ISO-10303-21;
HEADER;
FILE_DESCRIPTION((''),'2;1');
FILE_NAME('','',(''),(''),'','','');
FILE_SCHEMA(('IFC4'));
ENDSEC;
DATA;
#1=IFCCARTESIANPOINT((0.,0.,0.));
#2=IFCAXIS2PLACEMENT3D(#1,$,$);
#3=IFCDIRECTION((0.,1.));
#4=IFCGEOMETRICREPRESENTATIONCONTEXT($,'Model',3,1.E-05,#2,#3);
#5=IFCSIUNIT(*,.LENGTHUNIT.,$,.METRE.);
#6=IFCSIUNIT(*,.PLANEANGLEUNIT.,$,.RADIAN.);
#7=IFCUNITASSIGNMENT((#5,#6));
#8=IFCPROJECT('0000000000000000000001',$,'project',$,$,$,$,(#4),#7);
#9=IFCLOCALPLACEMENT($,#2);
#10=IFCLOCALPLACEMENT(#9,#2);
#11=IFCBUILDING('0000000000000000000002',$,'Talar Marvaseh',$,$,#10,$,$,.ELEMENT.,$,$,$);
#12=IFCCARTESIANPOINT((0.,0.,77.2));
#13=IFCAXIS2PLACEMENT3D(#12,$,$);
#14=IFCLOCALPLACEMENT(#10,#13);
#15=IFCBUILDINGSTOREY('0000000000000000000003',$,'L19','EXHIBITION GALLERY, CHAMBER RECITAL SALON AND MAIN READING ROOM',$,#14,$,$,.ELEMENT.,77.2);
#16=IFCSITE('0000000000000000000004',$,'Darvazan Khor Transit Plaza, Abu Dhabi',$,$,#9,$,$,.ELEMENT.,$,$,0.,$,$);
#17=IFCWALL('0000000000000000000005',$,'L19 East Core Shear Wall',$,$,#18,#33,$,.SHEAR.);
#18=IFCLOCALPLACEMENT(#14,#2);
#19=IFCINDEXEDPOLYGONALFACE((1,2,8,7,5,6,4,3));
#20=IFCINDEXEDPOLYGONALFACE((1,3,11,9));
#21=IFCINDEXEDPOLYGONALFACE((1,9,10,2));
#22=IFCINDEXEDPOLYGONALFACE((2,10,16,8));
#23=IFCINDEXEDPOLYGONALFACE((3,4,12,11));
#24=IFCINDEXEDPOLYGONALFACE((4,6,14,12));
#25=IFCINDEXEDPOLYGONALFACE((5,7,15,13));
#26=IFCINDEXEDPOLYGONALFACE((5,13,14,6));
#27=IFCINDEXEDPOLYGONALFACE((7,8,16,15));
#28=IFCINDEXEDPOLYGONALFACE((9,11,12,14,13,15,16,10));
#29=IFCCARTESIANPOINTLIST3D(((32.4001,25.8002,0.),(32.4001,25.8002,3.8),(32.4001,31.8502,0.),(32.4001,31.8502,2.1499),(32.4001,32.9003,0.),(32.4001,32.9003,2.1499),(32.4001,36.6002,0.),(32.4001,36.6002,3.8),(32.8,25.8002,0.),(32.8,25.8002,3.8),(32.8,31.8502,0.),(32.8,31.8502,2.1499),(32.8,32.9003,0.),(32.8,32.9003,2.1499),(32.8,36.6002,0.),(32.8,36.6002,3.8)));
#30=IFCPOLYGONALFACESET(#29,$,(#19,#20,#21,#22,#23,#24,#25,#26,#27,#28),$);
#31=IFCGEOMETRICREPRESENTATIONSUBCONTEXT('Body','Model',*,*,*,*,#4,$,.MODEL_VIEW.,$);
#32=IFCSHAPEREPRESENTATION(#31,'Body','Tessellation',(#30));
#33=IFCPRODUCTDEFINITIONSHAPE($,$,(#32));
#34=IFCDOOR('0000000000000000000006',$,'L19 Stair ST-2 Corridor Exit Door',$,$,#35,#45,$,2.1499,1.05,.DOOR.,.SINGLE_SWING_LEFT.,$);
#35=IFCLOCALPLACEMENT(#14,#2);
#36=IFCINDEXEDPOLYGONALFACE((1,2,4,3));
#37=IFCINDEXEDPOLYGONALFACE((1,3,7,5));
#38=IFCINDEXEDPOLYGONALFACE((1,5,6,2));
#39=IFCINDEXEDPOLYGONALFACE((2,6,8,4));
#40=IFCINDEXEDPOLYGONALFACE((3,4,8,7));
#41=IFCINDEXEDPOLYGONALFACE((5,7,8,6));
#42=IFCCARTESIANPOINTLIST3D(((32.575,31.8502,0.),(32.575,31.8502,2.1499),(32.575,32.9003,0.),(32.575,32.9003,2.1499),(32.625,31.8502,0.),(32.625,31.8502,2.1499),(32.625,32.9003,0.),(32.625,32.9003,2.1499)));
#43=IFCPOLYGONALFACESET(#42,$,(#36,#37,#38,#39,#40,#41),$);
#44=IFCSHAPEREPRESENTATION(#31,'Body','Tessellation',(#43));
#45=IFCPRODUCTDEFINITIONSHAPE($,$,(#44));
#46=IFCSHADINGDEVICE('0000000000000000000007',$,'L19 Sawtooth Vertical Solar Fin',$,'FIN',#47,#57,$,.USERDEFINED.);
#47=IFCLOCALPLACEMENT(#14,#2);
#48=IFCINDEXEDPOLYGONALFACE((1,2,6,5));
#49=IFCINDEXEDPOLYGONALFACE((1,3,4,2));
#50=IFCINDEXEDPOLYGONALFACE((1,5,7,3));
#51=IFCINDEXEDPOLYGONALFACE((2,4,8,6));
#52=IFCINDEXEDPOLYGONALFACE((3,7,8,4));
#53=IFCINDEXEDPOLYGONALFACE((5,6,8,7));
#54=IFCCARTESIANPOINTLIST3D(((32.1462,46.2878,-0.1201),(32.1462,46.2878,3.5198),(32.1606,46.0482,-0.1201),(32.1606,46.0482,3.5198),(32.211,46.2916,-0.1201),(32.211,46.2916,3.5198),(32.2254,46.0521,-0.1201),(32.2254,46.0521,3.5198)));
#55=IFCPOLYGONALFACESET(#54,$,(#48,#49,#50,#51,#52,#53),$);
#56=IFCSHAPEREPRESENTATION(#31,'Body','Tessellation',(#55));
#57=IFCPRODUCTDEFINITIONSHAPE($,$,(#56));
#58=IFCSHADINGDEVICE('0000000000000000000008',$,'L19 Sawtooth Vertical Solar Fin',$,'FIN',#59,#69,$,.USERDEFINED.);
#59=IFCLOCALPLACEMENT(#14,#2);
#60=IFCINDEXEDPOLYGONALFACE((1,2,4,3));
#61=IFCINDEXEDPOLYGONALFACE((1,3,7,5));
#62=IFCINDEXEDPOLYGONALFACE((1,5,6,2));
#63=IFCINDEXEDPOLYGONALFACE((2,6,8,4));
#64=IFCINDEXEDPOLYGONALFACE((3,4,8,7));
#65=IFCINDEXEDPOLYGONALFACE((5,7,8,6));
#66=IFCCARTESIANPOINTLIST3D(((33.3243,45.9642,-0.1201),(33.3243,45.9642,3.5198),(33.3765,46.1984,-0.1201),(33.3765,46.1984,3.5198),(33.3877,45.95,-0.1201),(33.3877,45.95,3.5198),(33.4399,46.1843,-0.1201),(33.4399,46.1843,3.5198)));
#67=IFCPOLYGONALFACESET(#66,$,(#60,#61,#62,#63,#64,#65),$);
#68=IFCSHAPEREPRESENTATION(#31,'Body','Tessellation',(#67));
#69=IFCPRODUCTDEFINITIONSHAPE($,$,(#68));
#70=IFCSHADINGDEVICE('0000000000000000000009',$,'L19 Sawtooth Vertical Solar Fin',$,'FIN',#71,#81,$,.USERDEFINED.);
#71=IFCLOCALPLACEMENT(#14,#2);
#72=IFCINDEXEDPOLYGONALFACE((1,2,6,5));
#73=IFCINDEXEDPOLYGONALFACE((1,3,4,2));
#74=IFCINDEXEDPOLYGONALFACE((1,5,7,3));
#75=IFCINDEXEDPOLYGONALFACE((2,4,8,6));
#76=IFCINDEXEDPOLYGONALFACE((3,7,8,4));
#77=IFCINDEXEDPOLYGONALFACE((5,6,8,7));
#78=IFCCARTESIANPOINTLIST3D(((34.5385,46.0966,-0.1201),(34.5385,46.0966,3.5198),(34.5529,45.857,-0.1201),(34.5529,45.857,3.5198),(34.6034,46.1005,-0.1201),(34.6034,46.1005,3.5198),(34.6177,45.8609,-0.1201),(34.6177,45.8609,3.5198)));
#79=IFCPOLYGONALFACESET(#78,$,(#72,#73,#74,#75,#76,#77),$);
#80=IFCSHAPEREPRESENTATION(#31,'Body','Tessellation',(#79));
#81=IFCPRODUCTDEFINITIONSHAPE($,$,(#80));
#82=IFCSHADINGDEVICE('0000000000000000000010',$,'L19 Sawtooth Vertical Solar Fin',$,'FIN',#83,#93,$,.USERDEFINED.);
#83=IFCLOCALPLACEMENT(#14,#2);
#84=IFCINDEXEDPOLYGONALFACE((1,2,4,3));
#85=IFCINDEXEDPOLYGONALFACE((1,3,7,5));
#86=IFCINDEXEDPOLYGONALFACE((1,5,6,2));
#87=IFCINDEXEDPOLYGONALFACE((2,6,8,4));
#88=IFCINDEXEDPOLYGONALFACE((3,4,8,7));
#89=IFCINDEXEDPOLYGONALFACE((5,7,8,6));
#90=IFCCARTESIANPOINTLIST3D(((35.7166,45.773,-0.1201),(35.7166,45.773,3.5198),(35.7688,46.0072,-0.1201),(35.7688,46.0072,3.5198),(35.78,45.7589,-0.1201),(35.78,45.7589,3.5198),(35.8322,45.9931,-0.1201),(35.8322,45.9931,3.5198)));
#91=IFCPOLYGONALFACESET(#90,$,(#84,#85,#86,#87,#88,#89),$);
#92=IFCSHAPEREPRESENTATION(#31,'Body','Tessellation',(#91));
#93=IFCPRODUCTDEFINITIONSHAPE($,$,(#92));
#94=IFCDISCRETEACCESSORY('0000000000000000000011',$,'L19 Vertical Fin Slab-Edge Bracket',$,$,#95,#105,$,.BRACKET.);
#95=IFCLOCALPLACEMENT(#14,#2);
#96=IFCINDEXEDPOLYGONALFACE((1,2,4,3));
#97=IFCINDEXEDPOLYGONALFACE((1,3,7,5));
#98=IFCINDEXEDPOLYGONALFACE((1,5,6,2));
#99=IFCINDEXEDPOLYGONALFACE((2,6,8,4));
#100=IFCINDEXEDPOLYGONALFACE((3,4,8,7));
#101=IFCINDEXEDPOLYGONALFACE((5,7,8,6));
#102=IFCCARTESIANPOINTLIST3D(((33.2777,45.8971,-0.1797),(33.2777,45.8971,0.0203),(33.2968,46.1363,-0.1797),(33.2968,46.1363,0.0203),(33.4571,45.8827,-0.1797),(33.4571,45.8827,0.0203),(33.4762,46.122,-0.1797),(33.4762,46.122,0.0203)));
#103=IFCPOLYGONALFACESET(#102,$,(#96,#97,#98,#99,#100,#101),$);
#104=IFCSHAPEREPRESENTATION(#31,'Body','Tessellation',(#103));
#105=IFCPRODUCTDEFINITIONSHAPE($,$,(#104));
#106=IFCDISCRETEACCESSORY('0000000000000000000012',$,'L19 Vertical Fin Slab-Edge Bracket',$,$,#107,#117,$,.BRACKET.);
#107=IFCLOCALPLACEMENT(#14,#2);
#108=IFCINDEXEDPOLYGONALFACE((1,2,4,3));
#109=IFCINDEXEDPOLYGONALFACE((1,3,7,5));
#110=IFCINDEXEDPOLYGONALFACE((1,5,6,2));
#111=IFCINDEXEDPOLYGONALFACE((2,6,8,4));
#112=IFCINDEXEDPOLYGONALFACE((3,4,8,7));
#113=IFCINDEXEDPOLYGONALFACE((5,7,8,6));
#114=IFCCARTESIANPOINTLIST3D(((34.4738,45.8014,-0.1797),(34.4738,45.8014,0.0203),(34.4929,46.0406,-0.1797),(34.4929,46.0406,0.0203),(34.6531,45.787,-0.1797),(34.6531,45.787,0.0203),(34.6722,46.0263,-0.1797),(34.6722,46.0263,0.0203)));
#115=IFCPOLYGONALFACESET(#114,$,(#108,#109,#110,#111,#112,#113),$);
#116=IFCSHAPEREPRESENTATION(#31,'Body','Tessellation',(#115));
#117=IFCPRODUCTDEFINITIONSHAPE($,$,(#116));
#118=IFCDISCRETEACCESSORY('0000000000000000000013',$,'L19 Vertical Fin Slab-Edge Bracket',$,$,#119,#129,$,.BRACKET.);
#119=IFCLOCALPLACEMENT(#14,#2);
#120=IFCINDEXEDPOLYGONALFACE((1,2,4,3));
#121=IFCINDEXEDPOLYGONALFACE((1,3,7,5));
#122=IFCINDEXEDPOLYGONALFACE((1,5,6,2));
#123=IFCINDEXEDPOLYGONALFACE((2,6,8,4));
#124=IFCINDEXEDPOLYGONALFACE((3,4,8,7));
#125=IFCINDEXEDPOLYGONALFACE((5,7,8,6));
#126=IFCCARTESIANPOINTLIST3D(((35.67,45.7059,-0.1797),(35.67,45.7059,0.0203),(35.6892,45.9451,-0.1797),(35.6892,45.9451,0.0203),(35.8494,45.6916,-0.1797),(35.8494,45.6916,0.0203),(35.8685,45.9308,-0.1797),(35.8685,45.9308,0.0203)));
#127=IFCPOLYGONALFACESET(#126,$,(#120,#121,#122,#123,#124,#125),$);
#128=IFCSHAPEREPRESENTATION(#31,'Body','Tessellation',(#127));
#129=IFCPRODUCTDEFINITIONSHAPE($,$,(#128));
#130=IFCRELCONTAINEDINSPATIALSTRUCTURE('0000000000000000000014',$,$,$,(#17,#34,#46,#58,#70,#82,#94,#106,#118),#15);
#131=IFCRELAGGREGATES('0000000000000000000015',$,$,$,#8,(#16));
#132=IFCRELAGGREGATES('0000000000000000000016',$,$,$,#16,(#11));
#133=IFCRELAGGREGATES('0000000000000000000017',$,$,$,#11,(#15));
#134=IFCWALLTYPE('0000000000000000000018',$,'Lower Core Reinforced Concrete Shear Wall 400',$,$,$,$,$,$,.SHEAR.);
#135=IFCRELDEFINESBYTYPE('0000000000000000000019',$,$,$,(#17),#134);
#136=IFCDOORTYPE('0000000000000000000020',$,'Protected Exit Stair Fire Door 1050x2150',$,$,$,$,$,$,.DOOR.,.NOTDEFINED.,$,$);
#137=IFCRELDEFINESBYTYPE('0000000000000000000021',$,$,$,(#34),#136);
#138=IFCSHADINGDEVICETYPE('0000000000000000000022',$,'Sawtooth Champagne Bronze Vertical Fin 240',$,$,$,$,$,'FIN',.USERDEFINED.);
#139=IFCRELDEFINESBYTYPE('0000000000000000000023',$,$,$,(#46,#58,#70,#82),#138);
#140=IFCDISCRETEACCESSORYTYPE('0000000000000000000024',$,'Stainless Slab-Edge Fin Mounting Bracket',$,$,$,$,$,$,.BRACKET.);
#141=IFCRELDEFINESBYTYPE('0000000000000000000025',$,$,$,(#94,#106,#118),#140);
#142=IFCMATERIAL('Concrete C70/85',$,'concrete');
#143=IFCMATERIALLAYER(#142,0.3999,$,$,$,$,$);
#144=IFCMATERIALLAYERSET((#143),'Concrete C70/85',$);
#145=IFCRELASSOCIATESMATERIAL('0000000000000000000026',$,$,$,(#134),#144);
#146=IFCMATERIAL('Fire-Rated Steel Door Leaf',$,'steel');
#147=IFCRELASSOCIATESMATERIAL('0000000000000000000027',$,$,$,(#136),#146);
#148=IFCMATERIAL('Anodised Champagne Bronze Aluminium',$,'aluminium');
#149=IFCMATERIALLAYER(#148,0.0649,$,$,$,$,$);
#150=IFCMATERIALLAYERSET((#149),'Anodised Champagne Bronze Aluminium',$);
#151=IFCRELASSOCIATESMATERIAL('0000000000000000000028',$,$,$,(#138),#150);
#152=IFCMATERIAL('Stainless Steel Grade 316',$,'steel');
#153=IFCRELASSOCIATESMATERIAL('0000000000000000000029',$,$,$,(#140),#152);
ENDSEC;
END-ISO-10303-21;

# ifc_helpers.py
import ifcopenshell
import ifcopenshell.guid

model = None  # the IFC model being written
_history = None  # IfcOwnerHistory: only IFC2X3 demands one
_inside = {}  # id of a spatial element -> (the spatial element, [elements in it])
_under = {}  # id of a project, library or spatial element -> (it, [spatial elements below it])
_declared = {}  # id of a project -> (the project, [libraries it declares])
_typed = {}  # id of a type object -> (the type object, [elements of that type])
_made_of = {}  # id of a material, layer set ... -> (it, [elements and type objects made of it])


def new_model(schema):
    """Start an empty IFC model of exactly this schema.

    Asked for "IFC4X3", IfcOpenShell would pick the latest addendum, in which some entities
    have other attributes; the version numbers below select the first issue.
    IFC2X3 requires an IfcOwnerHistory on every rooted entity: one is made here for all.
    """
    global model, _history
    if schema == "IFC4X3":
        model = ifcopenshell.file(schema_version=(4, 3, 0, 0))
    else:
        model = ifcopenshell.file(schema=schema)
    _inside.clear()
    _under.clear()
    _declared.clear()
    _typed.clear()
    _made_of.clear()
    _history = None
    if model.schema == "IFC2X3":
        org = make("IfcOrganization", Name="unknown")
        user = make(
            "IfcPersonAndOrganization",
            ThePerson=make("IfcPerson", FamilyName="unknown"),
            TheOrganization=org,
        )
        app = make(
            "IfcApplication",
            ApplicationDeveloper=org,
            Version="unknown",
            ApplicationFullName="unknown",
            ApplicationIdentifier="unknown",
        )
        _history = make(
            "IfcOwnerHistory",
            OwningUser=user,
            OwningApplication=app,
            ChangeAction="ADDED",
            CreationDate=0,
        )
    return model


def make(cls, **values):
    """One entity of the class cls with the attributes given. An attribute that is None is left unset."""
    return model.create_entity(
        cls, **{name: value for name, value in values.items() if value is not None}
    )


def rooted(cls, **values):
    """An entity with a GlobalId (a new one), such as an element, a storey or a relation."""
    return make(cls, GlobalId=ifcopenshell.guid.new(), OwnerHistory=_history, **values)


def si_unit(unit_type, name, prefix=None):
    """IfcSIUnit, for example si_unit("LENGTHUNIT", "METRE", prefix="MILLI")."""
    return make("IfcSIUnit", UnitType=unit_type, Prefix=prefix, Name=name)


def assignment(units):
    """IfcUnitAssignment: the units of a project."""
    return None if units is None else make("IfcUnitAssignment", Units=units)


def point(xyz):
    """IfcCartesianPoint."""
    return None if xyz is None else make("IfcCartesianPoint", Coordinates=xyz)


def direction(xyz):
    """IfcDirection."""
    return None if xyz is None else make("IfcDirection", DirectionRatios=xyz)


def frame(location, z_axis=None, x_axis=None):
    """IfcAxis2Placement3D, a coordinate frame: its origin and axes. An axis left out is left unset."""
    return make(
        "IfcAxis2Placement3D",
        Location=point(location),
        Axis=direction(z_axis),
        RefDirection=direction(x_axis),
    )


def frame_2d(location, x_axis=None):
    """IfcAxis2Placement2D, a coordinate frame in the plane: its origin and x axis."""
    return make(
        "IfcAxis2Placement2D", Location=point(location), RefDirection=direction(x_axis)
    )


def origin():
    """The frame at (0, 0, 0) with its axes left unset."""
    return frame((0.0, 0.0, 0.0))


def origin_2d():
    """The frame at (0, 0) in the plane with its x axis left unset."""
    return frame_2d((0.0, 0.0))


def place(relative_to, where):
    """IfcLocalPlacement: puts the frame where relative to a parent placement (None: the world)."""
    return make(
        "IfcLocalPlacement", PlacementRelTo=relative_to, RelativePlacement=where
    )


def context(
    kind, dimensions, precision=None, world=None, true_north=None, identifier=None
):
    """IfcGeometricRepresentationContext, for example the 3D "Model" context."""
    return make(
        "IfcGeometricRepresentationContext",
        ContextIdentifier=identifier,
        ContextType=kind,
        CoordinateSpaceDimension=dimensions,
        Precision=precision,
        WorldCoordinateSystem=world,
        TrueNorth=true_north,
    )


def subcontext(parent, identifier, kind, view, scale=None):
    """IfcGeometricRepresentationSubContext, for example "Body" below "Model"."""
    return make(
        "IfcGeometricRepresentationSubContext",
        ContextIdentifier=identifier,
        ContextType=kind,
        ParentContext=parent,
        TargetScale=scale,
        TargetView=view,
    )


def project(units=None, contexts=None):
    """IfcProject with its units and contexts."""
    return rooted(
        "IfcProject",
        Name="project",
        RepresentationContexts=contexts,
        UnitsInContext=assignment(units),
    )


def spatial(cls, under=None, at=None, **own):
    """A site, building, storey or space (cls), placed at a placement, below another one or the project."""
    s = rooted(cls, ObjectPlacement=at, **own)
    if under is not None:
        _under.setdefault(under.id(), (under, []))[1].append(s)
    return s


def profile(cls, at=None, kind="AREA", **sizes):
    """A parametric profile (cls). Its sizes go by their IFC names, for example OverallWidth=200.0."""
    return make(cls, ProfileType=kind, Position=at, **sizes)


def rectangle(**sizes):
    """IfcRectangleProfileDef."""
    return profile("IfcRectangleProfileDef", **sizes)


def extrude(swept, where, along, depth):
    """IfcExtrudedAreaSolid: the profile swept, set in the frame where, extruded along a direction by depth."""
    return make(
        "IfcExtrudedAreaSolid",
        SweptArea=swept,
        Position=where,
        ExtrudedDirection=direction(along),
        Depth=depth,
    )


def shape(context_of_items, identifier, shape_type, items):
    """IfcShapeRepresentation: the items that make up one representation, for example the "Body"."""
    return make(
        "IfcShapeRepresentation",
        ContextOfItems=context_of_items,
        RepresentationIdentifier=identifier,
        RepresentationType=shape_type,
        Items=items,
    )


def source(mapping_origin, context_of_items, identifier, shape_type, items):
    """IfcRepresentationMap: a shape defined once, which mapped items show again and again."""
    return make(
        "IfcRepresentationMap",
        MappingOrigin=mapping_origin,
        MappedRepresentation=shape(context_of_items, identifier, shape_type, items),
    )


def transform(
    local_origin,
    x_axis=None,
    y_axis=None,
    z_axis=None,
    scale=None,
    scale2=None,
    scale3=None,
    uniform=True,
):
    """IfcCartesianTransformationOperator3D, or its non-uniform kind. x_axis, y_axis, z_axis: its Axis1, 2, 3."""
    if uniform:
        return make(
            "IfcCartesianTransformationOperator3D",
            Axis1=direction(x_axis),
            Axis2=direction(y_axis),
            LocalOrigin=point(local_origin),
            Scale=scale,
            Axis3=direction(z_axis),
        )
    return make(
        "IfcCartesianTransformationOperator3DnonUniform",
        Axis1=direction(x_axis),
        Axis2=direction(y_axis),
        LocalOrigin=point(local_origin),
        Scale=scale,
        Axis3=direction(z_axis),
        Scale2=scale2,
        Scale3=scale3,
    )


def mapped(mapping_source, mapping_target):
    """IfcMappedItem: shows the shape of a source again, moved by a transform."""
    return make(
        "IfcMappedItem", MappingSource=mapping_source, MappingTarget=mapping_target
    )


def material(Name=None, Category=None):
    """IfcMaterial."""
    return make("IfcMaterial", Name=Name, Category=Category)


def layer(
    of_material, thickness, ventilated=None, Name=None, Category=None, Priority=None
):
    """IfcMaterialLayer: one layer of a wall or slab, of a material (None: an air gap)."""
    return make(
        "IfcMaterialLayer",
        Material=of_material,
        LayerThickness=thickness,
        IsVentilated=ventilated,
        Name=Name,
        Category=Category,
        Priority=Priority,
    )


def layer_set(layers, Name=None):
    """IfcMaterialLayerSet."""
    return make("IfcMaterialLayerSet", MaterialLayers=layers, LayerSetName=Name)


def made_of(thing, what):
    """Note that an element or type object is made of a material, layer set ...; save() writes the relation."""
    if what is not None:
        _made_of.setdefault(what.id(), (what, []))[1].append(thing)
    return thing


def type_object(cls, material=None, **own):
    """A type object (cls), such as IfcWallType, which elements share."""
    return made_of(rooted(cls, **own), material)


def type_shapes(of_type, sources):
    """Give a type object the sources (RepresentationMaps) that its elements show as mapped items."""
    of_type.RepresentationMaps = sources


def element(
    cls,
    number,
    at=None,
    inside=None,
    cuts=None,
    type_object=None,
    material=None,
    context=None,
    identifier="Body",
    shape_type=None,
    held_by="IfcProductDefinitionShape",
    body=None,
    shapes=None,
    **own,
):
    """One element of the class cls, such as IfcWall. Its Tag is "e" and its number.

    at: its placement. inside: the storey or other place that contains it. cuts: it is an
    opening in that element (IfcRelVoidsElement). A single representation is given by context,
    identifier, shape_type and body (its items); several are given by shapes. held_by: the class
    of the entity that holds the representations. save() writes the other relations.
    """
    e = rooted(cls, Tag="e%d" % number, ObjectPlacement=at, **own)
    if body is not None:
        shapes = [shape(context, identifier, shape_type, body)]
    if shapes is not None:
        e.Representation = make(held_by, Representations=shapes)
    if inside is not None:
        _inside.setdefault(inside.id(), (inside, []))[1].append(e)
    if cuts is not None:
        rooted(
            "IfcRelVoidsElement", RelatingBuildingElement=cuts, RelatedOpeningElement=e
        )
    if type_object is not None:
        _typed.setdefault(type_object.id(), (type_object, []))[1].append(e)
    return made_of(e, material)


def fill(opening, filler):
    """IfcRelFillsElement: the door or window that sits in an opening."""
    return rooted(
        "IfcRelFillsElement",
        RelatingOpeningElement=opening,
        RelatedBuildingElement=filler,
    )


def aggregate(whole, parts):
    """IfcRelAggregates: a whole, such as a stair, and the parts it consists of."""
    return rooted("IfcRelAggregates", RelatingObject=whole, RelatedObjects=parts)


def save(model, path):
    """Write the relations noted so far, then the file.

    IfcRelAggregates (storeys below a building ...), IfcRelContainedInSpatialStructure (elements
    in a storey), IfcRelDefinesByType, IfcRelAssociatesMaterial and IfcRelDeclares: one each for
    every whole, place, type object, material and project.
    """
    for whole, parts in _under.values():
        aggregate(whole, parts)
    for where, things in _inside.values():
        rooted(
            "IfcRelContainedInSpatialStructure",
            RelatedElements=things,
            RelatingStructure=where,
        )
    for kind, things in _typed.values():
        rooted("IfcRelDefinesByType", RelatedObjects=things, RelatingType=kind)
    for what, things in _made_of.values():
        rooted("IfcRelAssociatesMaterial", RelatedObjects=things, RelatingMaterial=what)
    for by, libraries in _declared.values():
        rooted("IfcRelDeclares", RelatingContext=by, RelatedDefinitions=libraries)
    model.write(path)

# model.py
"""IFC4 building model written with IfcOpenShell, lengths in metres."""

from ifc_helpers import new_model, si_unit, direction, frame, frame_2d, origin, origin_2d, place, context, subcontext, project, spatial, rectangle, extrude, source, transform, mapped, material, layer, layer_set, type_object, type_shapes, element, fill, save


model = new_model("IFC4")

# Units and contexts
model_context = context("Model", 3, precision=1e-05, world=origin(), true_north=direction((0.0, 1.0)))
body_context = subcontext(model_context, "Body", "Model", "MODEL_VIEW")
ifc_project = project(units=[si_unit("LENGTHUNIT", "METRE"), si_unit("PLANEANGLEUNIT", "RADIAN")], contexts=[model_context])

# Site, building, storey
site_placement = place(None, origin())
site = spatial("IfcSite", under=ifc_project, at=site_placement, Name="Darvazan Khor Transit Plaza, Abu Dhabi", CompositionType="ELEMENT", RefElevation=0.0)
building_placement = place(site_placement, origin())
building = spatial("IfcBuilding", under=site, at=building_placement, Name="Talar Marvaseh", CompositionType="ELEMENT")
storey_placement = place(building_placement, frame((0.0, 0.0, 77.2)))
storey = spatial("IfcBuildingStorey", under=building, at=storey_placement, Name="L19", Description="EXHIBITION GALLERY, CHAMBER RECITAL SALON AND MAIN READING ROOM", CompositionType="ELEMENT", Elevation=77.2)

# Shared definitions
ifc_material_1 = material(Name="Concrete C70/85", Category="concrete")

# Wall, opening, door
ifc_layer_1 = layer(ifc_material_1, 0.3999)
ifc_layer_set_1 = layer_set([ifc_layer_1], Name="Concrete C70/85")
wall_type_1 = type_object("IfcWallType", Name="Lower Core Reinforced Concrete Shear Wall 400", PredefinedType="SHEAR", material=ifc_layer_set_1)
wall_1_placement = place(storey_placement, frame((32.6001, 36.6001, 0.0), z_axis=(0.0, 0.0, 1.0), x_axis=(0.0, -1.0, 0.0)))
wall_1 = element("IfcWall", 1, at=wall_1_placement, inside=storey, type_object=wall_type_1, Name="L19 East Core Shear Wall", PredefinedType="SHEAR", context=body_context, shape_type="SweptSolid", body=[
    extrude(rectangle(XDim=10.8, YDim=0.3999, at=frame_2d((5.3999, 0.0))), origin(), (0.0, 0.0, 1.0), 3.8),
])
opening_1_placement = place(wall_1_placement, frame((3.7, 0.0, 0.0)))
opening_1 = element("IfcOpeningElement", 2, at=opening_1_placement, cuts=wall_1, PredefinedType="OPENING", context=body_context, shape_type="SweptSolid", body=[
    extrude(rectangle(XDim=1.05, YDim=2.1499, at=frame_2d((0.5249, 1.075))), frame((0.0, 0.21, 0.0), z_axis=(0.0, -1.0, 0.0), x_axis=(1.0, 0.0, 0.0)), (0.0, 0.0, 1.0), 0.4199),
])
ifc_material_2 = material(Name="Fire-Rated Steel Door Leaf", Category="steel")
door_type_1 = type_object("IfcDoorType", Name="Protected Exit Stair Fire Door 1050x2150", OperationType="NOTDEFINED", PredefinedType="DOOR", material=ifc_material_2)
shared_shape_1 = source(origin(), body_context, "Body", "SweptSolid", [
    extrude(rectangle(XDim=1.05, YDim=2.1499, at=frame_2d((0.5249, 1.075))), frame((0.0, 0.0249, 0.0), z_axis=(0.0, -1.0, 0.0), x_axis=(1.0, 0.0, 0.0)), (0.0, 0.0, 1.0), 0.05),
])
type_shapes(door_type_1, [shared_shape_1])
door_1_placement = place(opening_1_placement, origin())
door_1 = element("IfcDoor", 3, at=door_1_placement, inside=storey, type_object=door_type_1, Name="L19 Stair ST-2 Corridor Exit Door", OperationType="SINGLE_SWING_LEFT", OverallHeight=2.1499, OverallWidth=1.05, PredefinedType="DOOR", context=body_context, shape_type="MappedRepresentation", body=[
    mapped(shared_shape_1, transform((0.0, 0.0, 0.0), x_axis=(1.0, 0.0, 0.0), y_axis=(0.0, 1.0, 0.0), z_axis=(0.0, 0.0, 1.0), scale=1.0)),
])
fill(opening_1, door_1)

# Shading devices
ifc_material_3 = material(Name="Anodised Champagne Bronze Aluminium", Category="aluminium")
ifc_layer_2 = layer(ifc_material_3, 0.0649)
ifc_layer_set_2 = layer_set([ifc_layer_2], Name="Anodised Champagne Bronze Aluminium")
shading_device_type = type_object("IfcShadingDeviceType", Name="Sawtooth Champagne Bronze Vertical Fin 240", ElementType="FIN", PredefinedType="USERDEFINED", material=ifc_layer_set_2)
shared_shape_2 = source(origin(), body_context, "Body", "SweptSolid", [
    extrude(rectangle(XDim=0.24, YDim=0.0649, at=origin_2d()), origin(), (0.0, 0.0, 1.0), 3.6399),
])
type_shapes(shading_device_type, [shared_shape_2])
for number, where, z_axis, x_axis, name in (
    (4, (32.1858, 46.1699, -0.1201), (0.0, 0.0, 1.0), (-0.059829, 0.998209, 0.0), "L19 Sawtooth Vertical Solar Fin"),
    (5, (33.3821, 46.0742, -0.1201), (0.0, 0.0, 1.0), (0.217632, 0.976031, 0.0), "L19 Sawtooth Vertical Solar Fin"),
    (6, (34.5781, 45.9788, -0.1201), (0.0, 0.0, 1.0), (-0.059829, 0.998209, 0.0), "L19 Sawtooth Vertical Solar Fin"),
    (7, (35.7744, 45.8831, -0.1201), (0.0, 0.0, 1.0), (0.217632, 0.976031, 0.0), "L19 Sawtooth Vertical Solar Fin"),
):
    element("IfcShadingDevice", number, at=place(storey_placement, frame(where, z_axis=z_axis, x_axis=x_axis)), inside=storey, type_object=shading_device_type, Name=name, ObjectType="FIN", PredefinedType="USERDEFINED", context=body_context, shape_type="MappedRepresentation", body=[
        mapped(shared_shape_2, transform((0.0, 0.0, 0.0), x_axis=(1.0, 0.0, 0.0), y_axis=(0.0, 1.0, 0.0), z_axis=(0.0, 0.0, 1.0), scale=1.0)),
    ])

# Discrete accessories
ifc_material_4 = material(Name="Stainless Steel Grade 316", Category="steel")
discrete_accessory_type = type_object("IfcDiscreteAccessoryType", Name="Stainless Slab-Edge Fin Mounting Bracket", PredefinedType="BRACKET", material=ifc_material_4)
shared_shape_3 = source(origin(), body_context, "Body", "SweptSolid", [
    extrude(rectangle(XDim=0.24, YDim=0.1799, at=origin_2d()), origin(), (0.0, 0.0, 1.0), 0.2),
])
type_shapes(discrete_accessory_type, [shared_shape_3])
for number, where, z_axis, x_axis, name in (
    (8, (33.377, 46.0095, -0.1797), (0.0, 0.0, 1.0), (0.079677, 0.996821, 0.0), "L19 Vertical Fin Slab-Edge Bracket"),
    (9, (34.573, 45.9138, -0.1797), (0.0, 0.0, 1.0), (0.079677, 0.996821, 0.0), "L19 Vertical Fin Slab-Edge Bracket"),
    (10, (35.7693, 45.8184, -0.1797), (0.0, 0.0, 1.0), (0.079677, 0.996821, 0.0), "L19 Vertical Fin Slab-Edge Bracket"),
):
    element("IfcDiscreteAccessory", number, at=place(storey_placement, frame(where, z_axis=z_axis, x_axis=x_axis)), inside=storey, type_object=discrete_accessory_type, Name=name, PredefinedType="BRACKET", context=body_context, shape_type="MappedRepresentation", body=[
        mapped(shared_shape_3, transform((0.0, 0.0, 0.0), x_axis=(1.0, 0.0, 0.0), y_axis=(0.0, 1.0, 0.0), z_axis=(0.0, 0.0, 1.0), scale=1.0)),
    ])

save(model, "model.ifc")
